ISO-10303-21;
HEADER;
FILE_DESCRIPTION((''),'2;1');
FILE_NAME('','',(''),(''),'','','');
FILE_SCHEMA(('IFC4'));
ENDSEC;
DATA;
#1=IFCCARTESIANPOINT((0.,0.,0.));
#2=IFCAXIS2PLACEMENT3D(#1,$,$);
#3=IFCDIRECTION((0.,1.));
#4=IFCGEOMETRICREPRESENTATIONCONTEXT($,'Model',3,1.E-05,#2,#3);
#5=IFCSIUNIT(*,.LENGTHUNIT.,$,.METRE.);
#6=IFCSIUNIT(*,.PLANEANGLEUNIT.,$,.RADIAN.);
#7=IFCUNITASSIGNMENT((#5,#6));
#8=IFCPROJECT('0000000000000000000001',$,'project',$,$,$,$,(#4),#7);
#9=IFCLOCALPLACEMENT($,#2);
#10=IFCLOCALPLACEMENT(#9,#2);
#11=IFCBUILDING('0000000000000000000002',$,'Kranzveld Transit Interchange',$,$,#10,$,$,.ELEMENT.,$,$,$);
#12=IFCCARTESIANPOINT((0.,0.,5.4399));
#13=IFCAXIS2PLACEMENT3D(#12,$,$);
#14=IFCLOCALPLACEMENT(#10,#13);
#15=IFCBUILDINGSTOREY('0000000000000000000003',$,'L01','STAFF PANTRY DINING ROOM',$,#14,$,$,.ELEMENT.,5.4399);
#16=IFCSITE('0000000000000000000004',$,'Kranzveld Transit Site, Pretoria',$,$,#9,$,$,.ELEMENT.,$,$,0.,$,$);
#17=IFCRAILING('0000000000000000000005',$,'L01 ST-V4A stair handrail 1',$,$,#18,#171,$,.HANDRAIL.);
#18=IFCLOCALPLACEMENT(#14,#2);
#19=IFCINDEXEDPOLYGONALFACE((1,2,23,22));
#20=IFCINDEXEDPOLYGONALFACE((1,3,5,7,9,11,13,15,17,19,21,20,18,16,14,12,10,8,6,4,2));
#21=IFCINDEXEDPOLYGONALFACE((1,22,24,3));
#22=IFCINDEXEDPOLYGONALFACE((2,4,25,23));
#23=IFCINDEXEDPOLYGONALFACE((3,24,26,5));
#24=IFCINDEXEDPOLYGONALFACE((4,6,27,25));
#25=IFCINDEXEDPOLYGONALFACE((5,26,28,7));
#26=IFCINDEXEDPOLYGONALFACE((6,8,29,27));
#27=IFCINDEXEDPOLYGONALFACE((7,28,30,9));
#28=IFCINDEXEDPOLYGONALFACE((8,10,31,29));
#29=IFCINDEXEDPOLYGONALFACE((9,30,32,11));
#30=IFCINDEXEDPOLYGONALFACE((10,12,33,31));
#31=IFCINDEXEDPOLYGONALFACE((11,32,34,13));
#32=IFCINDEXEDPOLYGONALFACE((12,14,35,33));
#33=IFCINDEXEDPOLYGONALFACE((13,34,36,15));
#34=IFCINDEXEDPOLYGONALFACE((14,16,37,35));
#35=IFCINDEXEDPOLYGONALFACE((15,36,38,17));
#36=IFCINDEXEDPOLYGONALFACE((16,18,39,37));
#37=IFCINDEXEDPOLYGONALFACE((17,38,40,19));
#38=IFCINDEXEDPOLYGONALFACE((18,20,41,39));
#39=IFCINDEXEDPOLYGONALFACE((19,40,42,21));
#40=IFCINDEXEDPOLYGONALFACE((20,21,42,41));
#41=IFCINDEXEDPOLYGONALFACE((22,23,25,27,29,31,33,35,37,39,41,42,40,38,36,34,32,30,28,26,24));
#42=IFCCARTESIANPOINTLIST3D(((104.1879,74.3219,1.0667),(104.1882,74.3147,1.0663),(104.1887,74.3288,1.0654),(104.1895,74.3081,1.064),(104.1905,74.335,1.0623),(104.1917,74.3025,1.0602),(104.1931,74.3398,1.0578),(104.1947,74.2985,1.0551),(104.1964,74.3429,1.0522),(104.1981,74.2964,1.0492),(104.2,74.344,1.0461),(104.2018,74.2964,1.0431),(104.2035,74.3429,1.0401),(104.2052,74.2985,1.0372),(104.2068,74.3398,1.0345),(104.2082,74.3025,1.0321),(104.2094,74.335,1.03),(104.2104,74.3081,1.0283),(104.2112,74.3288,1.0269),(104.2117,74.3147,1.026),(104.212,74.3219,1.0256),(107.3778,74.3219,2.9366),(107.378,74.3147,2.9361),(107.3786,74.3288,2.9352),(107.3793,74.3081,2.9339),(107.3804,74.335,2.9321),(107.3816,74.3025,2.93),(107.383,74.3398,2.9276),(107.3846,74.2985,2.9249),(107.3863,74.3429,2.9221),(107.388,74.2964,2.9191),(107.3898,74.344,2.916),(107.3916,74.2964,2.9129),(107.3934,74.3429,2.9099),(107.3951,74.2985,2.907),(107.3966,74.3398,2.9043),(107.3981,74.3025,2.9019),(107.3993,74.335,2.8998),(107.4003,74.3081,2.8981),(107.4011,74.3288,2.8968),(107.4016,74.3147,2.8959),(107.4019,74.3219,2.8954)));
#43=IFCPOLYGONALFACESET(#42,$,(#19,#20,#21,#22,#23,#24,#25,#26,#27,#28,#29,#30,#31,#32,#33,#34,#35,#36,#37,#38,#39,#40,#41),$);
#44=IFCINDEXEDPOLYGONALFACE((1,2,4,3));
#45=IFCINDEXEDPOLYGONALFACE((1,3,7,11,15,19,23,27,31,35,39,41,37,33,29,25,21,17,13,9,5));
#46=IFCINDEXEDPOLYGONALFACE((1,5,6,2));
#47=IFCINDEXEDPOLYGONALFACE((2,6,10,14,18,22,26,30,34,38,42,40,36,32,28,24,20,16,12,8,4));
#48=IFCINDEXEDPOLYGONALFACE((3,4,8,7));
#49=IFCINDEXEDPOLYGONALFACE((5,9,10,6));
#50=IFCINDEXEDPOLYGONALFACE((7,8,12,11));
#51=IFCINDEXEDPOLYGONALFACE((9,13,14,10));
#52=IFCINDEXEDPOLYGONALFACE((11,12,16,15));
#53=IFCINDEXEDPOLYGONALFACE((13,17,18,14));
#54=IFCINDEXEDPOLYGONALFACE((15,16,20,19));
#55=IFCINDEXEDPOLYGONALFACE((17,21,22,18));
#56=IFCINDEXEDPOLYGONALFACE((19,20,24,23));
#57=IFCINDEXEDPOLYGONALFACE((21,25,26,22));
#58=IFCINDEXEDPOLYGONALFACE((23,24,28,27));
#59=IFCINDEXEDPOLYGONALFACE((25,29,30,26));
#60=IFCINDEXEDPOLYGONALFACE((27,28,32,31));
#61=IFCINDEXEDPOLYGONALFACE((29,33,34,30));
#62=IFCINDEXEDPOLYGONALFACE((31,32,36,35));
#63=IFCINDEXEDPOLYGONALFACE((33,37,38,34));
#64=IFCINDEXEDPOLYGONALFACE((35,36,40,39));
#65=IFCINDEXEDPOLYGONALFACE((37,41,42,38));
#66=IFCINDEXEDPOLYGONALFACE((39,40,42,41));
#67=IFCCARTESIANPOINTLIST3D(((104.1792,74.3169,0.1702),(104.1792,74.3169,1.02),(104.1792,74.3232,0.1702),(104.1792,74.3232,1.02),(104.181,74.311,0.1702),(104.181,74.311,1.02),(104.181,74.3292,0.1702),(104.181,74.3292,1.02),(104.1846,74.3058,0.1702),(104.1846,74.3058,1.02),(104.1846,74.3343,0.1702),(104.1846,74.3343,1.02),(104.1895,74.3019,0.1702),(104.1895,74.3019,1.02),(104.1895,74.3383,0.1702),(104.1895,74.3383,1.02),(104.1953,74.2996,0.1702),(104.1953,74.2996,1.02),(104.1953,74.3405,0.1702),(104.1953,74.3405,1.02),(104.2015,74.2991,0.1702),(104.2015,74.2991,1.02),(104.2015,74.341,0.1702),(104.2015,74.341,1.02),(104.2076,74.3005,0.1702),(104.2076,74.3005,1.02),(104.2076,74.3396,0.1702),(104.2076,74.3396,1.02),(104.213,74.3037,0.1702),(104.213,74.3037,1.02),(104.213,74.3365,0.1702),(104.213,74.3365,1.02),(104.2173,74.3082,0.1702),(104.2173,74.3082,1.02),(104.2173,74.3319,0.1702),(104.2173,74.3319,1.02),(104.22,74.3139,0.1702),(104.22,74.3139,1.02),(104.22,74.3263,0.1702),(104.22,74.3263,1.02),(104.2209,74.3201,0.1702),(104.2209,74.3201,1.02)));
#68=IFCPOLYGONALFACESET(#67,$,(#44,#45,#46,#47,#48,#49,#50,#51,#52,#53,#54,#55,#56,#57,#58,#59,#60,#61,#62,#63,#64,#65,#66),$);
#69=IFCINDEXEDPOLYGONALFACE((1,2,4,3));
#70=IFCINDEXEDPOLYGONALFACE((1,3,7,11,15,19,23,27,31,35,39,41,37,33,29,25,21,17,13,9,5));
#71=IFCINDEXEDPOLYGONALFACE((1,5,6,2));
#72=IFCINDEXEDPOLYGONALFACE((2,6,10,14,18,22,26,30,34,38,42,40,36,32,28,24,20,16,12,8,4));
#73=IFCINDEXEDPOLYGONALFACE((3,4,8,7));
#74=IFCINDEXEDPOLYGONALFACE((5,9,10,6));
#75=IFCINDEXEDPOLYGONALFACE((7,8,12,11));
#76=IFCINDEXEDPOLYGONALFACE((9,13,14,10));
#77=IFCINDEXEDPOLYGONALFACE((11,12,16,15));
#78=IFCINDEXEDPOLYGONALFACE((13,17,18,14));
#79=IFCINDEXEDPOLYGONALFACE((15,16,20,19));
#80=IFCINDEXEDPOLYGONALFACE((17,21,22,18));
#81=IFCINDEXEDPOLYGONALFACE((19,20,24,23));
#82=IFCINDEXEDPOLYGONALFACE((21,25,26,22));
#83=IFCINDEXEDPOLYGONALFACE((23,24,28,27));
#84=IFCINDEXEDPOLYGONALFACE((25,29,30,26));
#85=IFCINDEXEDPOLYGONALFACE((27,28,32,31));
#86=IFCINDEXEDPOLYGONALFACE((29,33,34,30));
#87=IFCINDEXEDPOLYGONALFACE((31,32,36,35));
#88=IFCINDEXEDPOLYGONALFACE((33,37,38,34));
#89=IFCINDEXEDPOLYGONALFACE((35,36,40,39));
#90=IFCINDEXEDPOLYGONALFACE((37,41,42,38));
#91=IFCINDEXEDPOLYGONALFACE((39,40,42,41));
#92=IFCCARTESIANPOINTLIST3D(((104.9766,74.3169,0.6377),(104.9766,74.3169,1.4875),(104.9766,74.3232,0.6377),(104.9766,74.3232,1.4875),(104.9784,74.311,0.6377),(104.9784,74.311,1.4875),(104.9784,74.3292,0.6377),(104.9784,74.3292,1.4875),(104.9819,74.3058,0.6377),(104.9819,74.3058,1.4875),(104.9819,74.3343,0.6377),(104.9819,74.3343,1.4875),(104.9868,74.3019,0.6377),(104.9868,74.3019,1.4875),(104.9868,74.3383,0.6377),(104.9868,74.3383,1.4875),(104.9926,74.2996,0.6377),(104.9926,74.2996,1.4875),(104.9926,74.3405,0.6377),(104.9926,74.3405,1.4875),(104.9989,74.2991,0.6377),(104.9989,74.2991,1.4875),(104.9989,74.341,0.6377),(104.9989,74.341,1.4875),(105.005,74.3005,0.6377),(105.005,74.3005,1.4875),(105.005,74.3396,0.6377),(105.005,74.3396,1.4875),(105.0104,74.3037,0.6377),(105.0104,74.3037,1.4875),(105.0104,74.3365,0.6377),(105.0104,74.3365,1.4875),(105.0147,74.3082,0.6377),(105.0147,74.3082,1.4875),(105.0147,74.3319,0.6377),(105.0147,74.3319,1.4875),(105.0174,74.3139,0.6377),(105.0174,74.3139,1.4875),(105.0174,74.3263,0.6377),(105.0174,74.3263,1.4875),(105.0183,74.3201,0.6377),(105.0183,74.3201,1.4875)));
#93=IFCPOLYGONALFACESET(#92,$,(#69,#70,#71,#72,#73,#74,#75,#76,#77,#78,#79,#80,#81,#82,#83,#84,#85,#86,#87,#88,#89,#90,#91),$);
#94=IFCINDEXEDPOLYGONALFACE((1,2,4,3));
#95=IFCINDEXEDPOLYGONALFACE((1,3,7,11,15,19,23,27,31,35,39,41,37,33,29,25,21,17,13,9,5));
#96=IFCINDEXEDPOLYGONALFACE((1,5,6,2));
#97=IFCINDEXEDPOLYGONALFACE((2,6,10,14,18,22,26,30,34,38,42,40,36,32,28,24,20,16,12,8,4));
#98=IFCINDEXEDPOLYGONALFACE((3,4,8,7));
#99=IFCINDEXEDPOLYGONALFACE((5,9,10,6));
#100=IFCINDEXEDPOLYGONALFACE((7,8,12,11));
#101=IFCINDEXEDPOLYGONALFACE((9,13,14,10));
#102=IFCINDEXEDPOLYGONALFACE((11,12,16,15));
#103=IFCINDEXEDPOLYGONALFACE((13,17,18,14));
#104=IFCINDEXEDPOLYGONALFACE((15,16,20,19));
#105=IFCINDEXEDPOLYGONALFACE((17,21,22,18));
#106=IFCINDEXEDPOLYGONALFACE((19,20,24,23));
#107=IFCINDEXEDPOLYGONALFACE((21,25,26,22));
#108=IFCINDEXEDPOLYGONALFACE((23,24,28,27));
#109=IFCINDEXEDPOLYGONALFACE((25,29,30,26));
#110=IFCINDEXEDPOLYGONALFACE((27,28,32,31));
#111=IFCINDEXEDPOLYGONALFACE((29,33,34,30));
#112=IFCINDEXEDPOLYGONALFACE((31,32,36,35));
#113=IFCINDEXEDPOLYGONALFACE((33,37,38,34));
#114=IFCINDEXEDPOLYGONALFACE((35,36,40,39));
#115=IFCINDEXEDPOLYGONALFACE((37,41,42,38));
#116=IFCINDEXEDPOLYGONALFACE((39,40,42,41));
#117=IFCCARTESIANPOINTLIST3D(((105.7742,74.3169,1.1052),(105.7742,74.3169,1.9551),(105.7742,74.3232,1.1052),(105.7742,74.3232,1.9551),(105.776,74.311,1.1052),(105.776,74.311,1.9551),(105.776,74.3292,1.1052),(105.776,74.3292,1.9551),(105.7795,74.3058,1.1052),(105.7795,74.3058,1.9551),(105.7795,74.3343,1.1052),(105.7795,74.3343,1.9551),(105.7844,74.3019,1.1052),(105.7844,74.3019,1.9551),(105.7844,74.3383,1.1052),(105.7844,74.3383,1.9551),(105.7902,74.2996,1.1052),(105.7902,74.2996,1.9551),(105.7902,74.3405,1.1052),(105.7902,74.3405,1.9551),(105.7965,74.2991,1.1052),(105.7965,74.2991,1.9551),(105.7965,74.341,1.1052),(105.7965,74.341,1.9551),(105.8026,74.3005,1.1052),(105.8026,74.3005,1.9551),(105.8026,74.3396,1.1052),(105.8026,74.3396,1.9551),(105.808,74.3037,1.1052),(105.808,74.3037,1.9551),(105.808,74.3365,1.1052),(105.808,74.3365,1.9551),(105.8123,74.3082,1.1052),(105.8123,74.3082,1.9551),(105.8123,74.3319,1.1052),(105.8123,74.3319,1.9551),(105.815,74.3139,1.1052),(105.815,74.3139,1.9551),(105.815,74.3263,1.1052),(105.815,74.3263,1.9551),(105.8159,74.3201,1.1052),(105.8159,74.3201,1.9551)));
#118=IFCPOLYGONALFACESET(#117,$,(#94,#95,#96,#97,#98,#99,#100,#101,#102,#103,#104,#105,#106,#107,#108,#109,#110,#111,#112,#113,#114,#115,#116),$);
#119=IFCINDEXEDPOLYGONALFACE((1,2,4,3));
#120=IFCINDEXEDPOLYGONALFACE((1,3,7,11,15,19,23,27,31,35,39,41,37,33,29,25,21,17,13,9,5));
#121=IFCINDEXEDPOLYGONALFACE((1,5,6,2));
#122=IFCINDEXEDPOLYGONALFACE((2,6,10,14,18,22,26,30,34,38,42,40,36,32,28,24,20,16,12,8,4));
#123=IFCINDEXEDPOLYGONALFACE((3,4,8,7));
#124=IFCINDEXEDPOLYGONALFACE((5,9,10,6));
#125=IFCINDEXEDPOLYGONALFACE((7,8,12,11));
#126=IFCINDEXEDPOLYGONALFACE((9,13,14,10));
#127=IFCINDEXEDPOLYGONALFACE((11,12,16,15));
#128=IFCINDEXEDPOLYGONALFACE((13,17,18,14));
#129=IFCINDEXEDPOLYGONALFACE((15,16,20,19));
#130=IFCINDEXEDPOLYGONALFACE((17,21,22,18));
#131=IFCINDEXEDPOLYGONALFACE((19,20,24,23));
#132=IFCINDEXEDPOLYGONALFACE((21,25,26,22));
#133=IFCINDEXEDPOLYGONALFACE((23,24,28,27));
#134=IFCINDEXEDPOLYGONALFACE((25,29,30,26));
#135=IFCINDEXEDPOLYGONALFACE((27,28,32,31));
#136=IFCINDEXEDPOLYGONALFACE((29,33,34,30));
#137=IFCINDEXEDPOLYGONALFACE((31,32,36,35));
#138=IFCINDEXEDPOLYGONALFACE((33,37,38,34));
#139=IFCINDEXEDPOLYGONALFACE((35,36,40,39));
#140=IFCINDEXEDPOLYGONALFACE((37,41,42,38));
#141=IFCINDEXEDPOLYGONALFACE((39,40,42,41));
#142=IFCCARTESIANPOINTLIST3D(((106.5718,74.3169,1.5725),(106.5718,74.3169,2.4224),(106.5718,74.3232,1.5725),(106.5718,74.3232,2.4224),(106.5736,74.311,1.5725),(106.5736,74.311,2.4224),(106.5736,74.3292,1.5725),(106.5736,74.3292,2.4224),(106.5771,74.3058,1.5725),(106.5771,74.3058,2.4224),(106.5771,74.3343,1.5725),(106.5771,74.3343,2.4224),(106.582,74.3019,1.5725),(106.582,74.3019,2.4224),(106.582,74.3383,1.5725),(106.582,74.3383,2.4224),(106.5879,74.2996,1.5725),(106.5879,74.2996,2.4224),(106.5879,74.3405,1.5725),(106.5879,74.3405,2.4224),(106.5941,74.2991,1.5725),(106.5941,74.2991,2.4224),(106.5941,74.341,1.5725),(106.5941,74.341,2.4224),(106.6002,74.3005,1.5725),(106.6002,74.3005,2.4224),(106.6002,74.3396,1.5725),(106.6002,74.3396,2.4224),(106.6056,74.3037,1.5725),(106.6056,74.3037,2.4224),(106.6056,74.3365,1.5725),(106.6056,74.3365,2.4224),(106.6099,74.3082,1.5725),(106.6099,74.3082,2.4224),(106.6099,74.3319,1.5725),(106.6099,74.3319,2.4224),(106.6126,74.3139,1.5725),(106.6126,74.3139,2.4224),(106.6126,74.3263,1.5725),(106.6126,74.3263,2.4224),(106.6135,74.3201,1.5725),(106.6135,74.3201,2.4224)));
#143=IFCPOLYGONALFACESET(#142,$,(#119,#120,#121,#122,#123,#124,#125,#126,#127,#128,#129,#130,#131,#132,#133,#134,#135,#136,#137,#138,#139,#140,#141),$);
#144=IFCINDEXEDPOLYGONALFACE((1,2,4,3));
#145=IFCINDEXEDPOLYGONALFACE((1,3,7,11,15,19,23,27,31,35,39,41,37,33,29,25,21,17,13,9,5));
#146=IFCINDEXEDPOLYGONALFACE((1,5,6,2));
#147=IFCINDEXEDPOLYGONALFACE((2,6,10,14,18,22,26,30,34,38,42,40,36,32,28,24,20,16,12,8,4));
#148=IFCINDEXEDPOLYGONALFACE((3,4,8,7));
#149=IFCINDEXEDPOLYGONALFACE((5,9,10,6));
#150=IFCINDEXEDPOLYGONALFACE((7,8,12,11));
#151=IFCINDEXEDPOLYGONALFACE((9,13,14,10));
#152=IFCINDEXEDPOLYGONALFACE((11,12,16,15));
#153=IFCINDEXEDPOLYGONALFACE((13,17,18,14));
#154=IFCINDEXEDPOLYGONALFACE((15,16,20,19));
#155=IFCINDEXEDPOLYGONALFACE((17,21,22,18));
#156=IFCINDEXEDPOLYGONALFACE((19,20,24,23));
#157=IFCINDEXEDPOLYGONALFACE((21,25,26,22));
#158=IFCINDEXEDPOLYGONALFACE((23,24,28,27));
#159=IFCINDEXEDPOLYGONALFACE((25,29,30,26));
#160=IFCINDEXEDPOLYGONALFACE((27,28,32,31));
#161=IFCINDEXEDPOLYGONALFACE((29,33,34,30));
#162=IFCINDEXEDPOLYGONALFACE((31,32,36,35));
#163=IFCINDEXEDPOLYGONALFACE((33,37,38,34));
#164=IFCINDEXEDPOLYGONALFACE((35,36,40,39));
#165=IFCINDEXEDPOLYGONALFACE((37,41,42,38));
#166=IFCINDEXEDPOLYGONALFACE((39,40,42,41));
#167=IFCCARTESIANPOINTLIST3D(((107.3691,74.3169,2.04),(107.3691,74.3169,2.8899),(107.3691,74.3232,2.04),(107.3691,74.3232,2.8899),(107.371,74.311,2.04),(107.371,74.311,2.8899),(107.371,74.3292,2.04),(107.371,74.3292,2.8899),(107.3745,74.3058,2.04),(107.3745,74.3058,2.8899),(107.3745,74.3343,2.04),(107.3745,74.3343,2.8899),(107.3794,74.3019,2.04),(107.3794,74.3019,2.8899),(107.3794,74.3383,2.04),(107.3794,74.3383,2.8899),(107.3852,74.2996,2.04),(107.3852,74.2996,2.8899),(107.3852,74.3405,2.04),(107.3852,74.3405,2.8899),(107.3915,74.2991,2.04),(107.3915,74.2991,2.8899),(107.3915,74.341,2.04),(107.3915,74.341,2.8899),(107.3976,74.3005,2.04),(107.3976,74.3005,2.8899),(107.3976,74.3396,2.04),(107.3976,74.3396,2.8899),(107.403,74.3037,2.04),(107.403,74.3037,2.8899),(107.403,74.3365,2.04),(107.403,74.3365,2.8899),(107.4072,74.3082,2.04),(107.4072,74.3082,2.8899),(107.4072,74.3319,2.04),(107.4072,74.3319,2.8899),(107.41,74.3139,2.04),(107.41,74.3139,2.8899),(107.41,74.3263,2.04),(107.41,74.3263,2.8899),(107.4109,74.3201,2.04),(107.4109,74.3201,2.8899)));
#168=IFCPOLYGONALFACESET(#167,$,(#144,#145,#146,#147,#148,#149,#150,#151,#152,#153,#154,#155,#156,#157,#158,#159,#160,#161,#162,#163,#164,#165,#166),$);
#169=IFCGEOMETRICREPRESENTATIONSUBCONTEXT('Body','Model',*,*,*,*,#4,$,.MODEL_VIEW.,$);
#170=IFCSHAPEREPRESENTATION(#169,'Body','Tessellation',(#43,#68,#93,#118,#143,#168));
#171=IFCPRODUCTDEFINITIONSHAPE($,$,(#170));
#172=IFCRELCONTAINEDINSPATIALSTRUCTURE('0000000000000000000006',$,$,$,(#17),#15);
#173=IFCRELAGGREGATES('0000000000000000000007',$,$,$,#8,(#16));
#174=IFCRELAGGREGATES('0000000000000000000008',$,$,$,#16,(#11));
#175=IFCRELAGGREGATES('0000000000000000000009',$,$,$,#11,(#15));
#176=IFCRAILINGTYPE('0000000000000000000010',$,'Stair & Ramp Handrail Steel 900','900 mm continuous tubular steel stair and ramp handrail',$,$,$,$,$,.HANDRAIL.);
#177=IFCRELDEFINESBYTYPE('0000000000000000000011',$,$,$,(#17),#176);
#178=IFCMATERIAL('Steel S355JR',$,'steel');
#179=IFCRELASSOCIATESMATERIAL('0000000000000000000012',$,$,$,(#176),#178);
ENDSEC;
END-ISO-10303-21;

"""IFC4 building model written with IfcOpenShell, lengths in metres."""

from ifc_helpers import new_model, si_unit, direction, frame, origin, origin_2d, place, context, subcontext, project, spatial, circle, extrude, material, type_object, element, save


model = new_model("IFC4")

# Units and contexts
model_context = context("Model", 3, precision=1e-05, world=origin(), true_north=direction((0.0, 1.0)))
body_context = subcontext(model_context, "Body", "Model", "MODEL_VIEW")
ifc_project = project(units=[si_unit("LENGTHUNIT", "METRE"), si_unit("PLANEANGLEUNIT", "RADIAN")], contexts=[model_context])

# Site, building, storey
site_placement = place(None, origin())
site = spatial("IfcSite", under=ifc_project, at=site_placement, Name="Kranzveld Transit Site, Pretoria", CompositionType="ELEMENT", RefElevation=0.0)
building_placement = place(site_placement, origin())
building = spatial("IfcBuilding", under=site, at=building_placement, Name="Kranzveld Transit Interchange", CompositionType="ELEMENT")
storey_placement = place(building_placement, frame((0.0, 0.0, 5.4399)))
storey = spatial("IfcBuildingStorey", under=building, at=storey_placement, Name="L01", Description="STAFF PANTRY DINING ROOM", CompositionType="ELEMENT", Elevation=5.4399)

# Railing
ifc_material_1 = material(Name="Steel S355JR", Category="steel")
railing_type_1 = type_object("IfcRailingType", Name="Stair & Ramp Handrail Steel 900", Description="900 mm continuous tubular steel stair and ramp handrail", PredefinedType="HANDRAIL", material=ifc_material_1)
railing_1_placement = place(storey_placement, frame((104.2, 74.3201, 0.1702)))
element("IfcRailing", 1, at=railing_1_placement, inside=storey, type_object=railing_type_1, Name="L01 ST-V4A stair handrail 1", PredefinedType="HANDRAIL", context=body_context, shape_type="SweptSolid", body=[
    extrude(circle(Radius=0.0239, at=origin_2d()), frame((0.0, 0.0, 0.876), z_axis=(0.862709, 0.0, 0.505701), x_axis=(0.0, 1.0, 0.0)), (0.0, 0.0, 1.0), 3.6975),
    extrude(circle(Radius=0.021, at=origin_2d()), origin(), (0.0, 0.0, 1.0), 0.8499),
    extrude(circle(Radius=0.021, at=origin_2d()), frame((0.7974, 0.0, 0.4675)), (0.0, 0.0, 1.0), 0.8499),
    extrude(circle(Radius=0.021, at=origin_2d()), frame((1.595, 0.0, 0.9351)), (0.0, 0.0, 1.0), 0.8499),
    extrude(circle(Radius=0.021, at=origin_2d()), frame((2.3926, 0.0, 1.4023)), (0.0, 0.0, 1.0), 0.8499),
    extrude(circle(Radius=0.021, at=origin_2d()), frame((3.1899, 0.0, 1.8699)), (0.0, 0.0, 1.0), 0.8499),
])

save(model, "model.ifc")
